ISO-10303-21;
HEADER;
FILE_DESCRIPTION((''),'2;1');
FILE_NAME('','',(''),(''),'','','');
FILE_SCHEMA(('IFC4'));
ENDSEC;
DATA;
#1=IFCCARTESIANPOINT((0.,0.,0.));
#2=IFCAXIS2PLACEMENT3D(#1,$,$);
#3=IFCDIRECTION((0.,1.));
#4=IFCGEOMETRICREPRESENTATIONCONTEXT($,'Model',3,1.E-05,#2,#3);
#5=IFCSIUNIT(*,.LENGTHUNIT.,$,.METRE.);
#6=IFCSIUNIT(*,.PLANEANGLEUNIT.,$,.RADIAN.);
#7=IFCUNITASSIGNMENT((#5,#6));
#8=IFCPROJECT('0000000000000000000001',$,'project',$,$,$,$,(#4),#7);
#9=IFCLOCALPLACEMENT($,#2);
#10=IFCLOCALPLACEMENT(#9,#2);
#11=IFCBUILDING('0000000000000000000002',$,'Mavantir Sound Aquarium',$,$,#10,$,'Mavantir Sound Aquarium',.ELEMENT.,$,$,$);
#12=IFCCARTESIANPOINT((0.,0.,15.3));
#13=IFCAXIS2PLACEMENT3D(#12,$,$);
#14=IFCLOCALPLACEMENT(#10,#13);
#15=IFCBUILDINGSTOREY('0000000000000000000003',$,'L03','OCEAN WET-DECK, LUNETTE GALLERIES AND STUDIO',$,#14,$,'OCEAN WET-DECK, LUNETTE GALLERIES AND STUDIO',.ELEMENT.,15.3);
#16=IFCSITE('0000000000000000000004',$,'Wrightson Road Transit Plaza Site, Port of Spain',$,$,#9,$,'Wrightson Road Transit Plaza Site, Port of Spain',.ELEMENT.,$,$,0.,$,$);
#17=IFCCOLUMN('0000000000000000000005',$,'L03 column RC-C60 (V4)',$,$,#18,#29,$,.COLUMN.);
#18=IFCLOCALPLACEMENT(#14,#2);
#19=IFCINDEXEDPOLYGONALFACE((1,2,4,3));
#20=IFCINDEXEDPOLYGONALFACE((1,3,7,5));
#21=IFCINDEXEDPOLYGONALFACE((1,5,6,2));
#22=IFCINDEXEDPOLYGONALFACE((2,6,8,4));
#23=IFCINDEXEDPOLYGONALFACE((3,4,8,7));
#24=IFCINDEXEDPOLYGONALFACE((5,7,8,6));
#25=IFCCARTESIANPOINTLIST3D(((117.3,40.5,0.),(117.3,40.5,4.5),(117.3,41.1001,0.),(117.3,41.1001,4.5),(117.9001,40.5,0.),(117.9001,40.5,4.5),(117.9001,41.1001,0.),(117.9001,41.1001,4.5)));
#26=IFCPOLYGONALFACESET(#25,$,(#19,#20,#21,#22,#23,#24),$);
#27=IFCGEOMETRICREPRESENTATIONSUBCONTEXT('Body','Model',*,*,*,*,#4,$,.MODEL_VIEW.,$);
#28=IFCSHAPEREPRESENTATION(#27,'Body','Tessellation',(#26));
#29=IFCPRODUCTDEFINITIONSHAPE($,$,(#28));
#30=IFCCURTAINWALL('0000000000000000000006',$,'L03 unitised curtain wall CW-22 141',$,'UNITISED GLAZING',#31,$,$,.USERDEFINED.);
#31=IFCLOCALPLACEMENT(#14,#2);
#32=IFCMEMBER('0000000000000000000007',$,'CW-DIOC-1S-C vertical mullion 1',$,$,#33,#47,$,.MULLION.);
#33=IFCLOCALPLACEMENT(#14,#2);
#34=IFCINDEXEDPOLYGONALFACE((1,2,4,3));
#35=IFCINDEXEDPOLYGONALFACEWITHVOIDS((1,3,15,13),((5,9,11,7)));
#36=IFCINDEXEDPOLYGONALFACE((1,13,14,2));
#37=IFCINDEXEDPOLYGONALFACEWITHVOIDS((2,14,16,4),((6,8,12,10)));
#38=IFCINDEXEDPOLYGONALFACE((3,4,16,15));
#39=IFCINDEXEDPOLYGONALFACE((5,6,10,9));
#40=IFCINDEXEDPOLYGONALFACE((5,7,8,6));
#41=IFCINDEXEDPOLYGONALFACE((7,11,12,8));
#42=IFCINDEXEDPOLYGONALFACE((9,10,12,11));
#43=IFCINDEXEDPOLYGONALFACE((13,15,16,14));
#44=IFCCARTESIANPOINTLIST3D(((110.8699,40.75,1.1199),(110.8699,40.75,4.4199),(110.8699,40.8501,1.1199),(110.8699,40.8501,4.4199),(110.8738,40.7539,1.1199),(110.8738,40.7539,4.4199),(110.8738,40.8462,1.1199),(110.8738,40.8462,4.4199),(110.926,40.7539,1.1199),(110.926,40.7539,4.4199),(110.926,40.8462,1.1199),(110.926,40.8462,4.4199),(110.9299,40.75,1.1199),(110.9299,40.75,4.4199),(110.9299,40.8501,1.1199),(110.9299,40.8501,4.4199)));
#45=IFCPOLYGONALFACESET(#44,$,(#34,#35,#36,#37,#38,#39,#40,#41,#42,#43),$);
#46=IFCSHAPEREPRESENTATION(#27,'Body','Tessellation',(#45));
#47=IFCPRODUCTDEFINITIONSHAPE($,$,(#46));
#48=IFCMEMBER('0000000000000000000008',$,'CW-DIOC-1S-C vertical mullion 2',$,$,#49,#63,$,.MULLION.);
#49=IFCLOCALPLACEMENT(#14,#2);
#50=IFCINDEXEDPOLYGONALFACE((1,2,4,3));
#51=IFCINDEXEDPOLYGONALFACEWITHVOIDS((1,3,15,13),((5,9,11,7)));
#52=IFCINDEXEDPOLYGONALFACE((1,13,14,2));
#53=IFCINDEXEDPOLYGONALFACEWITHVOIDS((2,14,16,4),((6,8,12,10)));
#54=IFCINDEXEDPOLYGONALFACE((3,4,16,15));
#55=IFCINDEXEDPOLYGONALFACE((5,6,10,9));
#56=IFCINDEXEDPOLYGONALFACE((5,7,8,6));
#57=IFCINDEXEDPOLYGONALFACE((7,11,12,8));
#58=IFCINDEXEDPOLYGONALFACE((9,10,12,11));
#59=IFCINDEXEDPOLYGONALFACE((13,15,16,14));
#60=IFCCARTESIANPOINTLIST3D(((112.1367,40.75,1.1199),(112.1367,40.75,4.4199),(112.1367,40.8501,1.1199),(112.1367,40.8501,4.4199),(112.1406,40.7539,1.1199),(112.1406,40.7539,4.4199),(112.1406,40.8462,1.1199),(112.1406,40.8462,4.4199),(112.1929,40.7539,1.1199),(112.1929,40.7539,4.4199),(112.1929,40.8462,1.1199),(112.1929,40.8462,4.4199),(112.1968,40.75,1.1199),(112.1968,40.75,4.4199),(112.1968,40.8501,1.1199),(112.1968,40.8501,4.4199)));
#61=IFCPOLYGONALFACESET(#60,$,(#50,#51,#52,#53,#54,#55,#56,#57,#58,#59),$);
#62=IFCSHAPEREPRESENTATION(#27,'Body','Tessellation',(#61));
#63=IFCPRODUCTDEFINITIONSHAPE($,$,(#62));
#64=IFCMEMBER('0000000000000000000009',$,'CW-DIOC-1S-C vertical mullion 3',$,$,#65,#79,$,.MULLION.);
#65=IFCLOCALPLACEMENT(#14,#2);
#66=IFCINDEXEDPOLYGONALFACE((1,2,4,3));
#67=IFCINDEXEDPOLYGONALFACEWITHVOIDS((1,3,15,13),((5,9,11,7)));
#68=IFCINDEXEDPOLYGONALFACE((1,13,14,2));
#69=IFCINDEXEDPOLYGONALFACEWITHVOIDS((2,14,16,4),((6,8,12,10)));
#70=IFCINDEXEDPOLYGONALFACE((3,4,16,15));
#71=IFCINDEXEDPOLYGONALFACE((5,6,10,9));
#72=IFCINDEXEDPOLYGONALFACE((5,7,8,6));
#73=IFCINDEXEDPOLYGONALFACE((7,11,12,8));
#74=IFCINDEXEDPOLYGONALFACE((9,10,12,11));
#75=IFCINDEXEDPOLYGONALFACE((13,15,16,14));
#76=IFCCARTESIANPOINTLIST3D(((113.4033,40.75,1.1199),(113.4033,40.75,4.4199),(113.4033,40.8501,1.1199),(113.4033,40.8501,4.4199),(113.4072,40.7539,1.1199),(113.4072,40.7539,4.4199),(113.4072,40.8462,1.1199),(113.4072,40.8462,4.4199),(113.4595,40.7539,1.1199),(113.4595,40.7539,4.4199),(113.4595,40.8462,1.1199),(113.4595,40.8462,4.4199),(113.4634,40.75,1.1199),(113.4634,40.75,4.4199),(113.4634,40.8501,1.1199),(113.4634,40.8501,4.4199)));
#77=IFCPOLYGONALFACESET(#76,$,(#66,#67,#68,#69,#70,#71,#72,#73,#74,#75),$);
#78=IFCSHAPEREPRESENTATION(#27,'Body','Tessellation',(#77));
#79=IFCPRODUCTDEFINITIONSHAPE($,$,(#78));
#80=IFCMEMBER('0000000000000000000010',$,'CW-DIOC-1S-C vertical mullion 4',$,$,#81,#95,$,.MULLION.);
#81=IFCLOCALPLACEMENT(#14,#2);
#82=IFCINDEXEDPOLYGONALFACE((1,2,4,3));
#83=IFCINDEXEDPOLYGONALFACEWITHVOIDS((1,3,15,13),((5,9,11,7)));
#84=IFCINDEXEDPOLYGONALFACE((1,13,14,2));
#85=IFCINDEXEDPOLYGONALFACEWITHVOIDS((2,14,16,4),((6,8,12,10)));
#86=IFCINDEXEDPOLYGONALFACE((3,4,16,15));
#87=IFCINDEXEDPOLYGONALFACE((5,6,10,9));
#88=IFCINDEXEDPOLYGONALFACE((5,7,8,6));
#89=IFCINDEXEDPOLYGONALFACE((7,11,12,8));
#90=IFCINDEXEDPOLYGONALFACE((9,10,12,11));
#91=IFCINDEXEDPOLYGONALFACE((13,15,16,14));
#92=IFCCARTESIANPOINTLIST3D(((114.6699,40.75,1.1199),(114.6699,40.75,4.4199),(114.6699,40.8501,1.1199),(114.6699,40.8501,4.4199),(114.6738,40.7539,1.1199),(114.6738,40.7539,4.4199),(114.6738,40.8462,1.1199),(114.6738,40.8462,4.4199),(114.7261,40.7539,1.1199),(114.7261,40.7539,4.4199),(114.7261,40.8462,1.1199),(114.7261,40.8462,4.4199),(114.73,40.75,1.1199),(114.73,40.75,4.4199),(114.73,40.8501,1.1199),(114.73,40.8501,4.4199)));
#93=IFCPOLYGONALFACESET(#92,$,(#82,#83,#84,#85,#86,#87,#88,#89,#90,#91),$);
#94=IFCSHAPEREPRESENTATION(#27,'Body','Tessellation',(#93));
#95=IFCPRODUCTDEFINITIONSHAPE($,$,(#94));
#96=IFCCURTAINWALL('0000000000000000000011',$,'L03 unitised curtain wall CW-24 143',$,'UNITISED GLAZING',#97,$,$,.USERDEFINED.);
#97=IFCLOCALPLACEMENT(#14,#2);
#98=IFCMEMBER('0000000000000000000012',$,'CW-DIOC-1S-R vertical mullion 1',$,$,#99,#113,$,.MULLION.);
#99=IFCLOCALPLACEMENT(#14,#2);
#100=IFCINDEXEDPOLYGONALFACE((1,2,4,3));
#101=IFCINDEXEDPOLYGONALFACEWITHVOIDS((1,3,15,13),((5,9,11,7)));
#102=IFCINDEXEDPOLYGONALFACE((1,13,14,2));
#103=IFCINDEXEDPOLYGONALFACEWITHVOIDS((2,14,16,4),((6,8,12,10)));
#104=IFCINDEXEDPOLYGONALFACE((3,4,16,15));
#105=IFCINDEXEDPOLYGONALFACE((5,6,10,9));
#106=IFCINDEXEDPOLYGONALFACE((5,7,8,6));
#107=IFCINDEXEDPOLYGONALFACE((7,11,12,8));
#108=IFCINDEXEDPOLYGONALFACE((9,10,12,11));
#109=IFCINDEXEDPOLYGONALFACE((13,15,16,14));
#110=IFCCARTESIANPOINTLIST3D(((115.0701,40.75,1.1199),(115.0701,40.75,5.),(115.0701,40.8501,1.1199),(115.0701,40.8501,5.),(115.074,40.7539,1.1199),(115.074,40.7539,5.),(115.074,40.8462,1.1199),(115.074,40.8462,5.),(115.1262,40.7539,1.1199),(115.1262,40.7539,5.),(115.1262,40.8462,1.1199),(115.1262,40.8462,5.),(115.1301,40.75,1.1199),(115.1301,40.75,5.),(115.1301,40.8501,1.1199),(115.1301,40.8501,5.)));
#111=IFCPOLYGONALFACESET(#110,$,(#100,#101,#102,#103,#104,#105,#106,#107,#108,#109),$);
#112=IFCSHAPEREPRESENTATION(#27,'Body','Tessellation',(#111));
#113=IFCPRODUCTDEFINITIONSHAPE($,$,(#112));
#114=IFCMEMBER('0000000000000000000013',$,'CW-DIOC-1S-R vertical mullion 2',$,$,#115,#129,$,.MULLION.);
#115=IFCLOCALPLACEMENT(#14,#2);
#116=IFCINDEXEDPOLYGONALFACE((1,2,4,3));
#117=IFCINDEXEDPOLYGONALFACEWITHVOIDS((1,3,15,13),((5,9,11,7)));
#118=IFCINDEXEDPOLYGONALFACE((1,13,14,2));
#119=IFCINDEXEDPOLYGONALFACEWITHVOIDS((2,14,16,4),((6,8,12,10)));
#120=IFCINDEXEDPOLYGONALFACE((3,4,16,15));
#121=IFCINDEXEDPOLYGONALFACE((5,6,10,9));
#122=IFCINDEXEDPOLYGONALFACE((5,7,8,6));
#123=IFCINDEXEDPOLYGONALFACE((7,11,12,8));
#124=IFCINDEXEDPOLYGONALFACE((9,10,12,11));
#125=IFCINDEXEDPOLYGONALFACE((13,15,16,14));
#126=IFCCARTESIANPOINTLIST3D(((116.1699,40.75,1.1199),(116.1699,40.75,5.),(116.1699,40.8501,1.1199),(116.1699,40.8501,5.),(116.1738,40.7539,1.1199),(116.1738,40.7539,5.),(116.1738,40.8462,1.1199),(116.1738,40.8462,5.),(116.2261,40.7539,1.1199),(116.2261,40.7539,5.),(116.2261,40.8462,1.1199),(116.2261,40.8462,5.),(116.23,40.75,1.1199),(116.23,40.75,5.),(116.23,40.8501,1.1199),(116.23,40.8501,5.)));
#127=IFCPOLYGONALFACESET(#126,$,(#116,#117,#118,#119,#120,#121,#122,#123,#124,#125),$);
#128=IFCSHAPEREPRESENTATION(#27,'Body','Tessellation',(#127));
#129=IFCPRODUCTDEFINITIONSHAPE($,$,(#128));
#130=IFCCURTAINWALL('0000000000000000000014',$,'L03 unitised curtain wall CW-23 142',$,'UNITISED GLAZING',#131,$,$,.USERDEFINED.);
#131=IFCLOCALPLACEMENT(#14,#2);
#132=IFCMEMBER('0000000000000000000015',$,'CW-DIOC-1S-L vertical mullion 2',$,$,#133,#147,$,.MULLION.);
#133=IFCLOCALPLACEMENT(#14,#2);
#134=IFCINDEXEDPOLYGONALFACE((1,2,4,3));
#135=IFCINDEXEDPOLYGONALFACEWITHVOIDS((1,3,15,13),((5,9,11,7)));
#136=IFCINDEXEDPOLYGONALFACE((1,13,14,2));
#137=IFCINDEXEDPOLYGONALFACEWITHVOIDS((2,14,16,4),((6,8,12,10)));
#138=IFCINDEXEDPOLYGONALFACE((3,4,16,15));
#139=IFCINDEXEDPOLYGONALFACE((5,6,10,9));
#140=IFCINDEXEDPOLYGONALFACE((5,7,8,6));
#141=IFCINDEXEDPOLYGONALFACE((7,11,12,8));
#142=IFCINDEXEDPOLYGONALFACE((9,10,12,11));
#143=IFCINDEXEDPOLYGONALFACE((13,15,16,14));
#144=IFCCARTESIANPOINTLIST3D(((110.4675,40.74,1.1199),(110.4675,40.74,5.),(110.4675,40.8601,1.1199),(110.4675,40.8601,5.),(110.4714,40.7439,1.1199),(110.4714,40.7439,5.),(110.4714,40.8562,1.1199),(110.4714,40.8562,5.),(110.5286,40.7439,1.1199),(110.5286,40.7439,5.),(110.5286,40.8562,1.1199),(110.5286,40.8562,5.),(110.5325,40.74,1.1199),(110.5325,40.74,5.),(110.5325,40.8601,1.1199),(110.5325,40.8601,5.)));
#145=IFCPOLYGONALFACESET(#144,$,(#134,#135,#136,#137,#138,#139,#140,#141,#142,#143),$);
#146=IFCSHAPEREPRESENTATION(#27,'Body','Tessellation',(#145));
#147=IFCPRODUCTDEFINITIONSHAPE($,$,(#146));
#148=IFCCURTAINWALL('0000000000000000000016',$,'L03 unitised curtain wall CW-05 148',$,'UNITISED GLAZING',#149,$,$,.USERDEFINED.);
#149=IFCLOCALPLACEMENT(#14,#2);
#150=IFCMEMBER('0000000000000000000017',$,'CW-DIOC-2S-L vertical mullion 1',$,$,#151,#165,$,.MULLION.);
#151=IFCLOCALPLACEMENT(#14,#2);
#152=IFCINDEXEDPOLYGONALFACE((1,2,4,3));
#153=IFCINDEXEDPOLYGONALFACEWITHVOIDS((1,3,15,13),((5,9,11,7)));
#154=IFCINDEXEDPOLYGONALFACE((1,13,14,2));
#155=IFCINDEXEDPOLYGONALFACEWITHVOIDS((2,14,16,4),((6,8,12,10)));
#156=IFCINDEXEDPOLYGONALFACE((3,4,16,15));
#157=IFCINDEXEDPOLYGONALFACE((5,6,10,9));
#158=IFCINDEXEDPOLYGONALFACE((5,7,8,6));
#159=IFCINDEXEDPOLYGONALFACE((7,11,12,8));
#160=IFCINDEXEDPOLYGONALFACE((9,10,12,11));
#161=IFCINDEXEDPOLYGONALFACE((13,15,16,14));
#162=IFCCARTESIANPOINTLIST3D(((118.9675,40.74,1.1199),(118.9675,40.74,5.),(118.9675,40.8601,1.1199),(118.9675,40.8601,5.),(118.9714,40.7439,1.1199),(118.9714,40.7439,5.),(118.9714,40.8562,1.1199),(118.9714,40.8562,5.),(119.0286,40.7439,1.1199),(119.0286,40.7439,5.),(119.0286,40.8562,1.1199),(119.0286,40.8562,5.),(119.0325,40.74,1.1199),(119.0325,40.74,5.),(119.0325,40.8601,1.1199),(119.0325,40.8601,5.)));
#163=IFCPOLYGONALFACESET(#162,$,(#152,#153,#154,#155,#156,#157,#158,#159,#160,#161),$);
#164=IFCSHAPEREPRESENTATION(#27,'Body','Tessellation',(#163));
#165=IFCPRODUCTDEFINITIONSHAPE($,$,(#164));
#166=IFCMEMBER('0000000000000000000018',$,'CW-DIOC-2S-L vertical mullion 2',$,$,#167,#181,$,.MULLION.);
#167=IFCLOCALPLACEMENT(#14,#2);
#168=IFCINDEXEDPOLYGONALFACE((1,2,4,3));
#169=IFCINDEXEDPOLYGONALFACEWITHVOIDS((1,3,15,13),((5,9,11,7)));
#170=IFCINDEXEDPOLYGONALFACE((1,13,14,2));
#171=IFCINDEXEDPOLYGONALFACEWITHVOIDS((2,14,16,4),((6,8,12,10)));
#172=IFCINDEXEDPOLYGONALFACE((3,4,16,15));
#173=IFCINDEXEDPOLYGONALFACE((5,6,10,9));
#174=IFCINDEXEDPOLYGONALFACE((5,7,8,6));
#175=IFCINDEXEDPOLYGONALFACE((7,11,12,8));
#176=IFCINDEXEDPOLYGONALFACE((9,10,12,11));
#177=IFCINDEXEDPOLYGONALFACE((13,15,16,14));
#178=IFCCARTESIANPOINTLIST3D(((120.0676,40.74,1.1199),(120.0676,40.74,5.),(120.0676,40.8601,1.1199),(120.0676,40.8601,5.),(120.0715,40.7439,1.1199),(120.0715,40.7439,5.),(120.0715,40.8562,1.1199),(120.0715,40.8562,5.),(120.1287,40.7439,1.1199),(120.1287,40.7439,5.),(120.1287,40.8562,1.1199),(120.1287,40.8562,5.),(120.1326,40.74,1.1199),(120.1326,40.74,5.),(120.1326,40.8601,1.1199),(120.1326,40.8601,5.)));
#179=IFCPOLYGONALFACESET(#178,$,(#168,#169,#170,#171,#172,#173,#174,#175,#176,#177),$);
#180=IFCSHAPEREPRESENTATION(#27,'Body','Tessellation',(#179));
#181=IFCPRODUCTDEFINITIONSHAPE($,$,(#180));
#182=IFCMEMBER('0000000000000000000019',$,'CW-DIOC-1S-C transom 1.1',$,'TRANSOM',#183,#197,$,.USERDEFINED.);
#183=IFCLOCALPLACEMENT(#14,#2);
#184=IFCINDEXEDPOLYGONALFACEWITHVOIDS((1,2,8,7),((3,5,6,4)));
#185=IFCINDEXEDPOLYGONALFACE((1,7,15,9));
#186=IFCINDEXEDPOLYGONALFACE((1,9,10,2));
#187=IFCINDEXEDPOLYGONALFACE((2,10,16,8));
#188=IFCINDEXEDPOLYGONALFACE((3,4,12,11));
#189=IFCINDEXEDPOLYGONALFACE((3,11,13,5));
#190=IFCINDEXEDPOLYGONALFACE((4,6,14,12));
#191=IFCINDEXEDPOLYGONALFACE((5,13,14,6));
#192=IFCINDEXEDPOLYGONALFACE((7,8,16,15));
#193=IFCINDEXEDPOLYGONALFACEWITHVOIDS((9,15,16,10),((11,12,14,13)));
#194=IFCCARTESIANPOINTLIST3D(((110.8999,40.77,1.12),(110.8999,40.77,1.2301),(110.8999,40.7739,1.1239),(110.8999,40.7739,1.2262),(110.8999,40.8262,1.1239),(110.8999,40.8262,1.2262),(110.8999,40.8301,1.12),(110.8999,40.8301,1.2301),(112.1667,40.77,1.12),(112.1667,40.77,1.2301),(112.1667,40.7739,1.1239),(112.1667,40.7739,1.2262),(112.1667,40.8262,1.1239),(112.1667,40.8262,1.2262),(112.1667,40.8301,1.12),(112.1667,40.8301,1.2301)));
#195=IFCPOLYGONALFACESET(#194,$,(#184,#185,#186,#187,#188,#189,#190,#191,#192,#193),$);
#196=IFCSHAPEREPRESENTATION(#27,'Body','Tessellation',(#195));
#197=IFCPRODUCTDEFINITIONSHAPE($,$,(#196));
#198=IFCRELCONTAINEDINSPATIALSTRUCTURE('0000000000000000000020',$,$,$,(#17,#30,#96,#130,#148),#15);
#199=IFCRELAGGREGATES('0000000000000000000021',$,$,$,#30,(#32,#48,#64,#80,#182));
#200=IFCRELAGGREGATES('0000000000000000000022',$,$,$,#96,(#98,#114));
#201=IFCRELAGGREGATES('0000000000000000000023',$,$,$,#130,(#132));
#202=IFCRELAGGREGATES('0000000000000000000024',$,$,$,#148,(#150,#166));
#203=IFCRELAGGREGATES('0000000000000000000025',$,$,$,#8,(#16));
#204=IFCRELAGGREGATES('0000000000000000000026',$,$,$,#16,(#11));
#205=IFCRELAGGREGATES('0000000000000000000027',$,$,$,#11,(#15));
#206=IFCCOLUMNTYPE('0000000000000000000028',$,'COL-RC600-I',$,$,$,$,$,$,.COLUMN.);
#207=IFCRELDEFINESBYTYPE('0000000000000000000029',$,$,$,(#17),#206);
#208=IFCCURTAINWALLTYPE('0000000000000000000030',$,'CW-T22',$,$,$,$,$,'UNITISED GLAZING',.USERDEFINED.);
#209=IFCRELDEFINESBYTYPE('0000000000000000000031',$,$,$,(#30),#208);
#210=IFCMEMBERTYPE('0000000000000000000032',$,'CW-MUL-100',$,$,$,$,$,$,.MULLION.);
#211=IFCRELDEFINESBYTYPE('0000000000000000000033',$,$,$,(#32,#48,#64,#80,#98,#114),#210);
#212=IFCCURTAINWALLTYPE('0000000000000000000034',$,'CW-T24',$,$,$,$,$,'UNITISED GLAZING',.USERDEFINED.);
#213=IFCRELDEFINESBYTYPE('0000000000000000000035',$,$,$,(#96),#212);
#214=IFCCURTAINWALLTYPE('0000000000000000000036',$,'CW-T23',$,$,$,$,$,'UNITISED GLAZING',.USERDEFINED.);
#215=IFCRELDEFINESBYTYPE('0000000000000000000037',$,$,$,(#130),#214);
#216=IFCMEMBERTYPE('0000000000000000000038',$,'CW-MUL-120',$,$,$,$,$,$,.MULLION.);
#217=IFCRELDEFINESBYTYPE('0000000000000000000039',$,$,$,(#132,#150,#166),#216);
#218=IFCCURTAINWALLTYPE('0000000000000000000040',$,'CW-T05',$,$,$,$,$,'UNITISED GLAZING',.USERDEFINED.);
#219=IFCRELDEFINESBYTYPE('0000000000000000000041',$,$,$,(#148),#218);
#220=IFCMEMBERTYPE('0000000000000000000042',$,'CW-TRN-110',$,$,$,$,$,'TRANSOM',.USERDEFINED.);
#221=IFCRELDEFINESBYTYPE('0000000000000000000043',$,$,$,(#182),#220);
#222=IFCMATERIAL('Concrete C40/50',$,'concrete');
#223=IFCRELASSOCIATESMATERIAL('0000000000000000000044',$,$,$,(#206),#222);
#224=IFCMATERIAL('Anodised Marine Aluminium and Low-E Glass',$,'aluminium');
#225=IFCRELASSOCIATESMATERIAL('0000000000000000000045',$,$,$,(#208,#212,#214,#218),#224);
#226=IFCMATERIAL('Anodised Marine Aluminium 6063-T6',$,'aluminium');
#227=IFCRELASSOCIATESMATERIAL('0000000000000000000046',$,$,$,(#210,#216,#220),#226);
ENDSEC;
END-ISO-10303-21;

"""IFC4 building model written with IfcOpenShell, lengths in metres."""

from ifc_helpers import new_model, si_unit, direction, frame, origin, origin_2d, place, context, subcontext, project, spatial, rectangle, hollow_rectangle, extrude, material, material_profile, profile_set, type_object, element, aggregate, save


model = new_model("IFC4")

# Units and contexts
model_context = context("Model", 3, precision=1e-05, world=origin(), true_north=direction((0.0, 1.0)))
body_context = subcontext(model_context, "Body", "Model", "MODEL_VIEW")
ifc_project = project(units=[si_unit("LENGTHUNIT", "METRE"), si_unit("PLANEANGLEUNIT", "RADIAN")], contexts=[model_context])

# Site, building, storey
site_placement = place(None, origin())
site = spatial("IfcSite", under=ifc_project, at=site_placement, Name="Wrightson Road Transit Plaza Site, Port of Spain", LongName="Wrightson Road Transit Plaza Site, Port of Spain", CompositionType="ELEMENT", RefElevation=0.0)
building_placement = place(site_placement, origin())
building = spatial("IfcBuilding", under=site, at=building_placement, Name="Mavantir Sound Aquarium", LongName="Mavantir Sound Aquarium", CompositionType="ELEMENT")
storey_placement = place(building_placement, frame((0.0, 0.0, 15.3)))
storey = spatial("IfcBuildingStorey", under=building, at=storey_placement, Name="L03", Description="OCEAN WET-DECK, LUNETTE GALLERIES AND STUDIO", LongName="OCEAN WET-DECK, LUNETTE GALLERIES AND STUDIO", CompositionType="ELEMENT", Elevation=15.3)

# Column
ifc_material_1 = material(Name="Concrete C40/50", Category="concrete")
ifc_material_profile_1 = material_profile(ifc_material_1, rectangle(XDim=0.6001, YDim=0.6001, at=origin_2d()), Name="RC 600X600")
ifc_profile_set_1 = profile_set([ifc_material_profile_1], Name="Concrete C40/50")
column_type = type_object("IfcColumnType", Name="COL-RC600-I", PredefinedType="COLUMN", material=ifc_profile_set_1)
column_placement = place(storey_placement, frame((117.6001, 40.8, 0.0), z_axis=(0.0, 0.0, 1.0), x_axis=(1.0, 0.0, 0.0)))
element("IfcColumn", 1, at=column_placement, inside=storey, type_object=column_type, Name="L03 column RC-C60 (V4)", PredefinedType="COLUMN", context=body_context, shape_type="SweptSolid", body=[
    extrude(rectangle(XDim=0.6001, YDim=0.6001, at=origin_2d()), origin(), (0.0, 0.0, 1.0), 4.5),
])

# Curtain walls, members
ifc_material_2 = material(Name="Anodised Marine Aluminium and Low-E Glass", Category="aluminium")
curtain_wall_type_1 = type_object("IfcCurtainWallType", Name="CW-T22", ElementType="UNITISED GLAZING", PredefinedType="USERDEFINED", material=ifc_material_2)
curtain_wall_1_placement = place(storey_placement, origin())
curtain_wall_1 = element("IfcCurtainWall", 2, at=curtain_wall_1_placement, inside=storey, type_object=curtain_wall_type_1, Name="L03 unitised curtain wall CW-22 141", ObjectType="UNITISED GLAZING", PredefinedType="USERDEFINED")
ifc_material_3 = material(Name="Anodised Marine Aluminium 6063-T6", Category="aluminium")
ifc_material_profile_2 = material_profile(ifc_material_3, hollow_rectangle(XDim=0.0601, YDim=0.1001, WallThickness=0.0039, at=origin_2d()), Name="ALU-MULLION-100X60")
ifc_profile_set_2 = profile_set([ifc_material_profile_2], Name="Anodised Marine Aluminium 6063-T6")
member_type_1 = type_object("IfcMemberType", Name="CW-MUL-100", PredefinedType="MULLION", material=ifc_profile_set_2)
member_1_placement = place(storey_placement, frame((110.8999, 40.8, 1.1199), z_axis=(0.0, 0.0, 1.0), x_axis=(1.0, 0.0, 0.0)))
member_1 = element("IfcMember", 3, at=member_1_placement, type_object=member_type_1, Name="CW-DIOC-1S-C vertical mullion 1", PredefinedType="MULLION", context=body_context, shape_type="SweptSolid", body=[
    extrude(hollow_rectangle(XDim=0.0601, YDim=0.1001, WallThickness=0.0039, at=origin_2d()), origin(), (0.0, 0.0, 1.0), 3.3),
])
member_2_placement = place(storey_placement, frame((112.1667, 40.8, 1.1199), z_axis=(0.0, 0.0, 1.0), x_axis=(1.0, 0.0, 0.0)))
member_2 = element("IfcMember", 4, at=member_2_placement, type_object=member_type_1, Name="CW-DIOC-1S-C vertical mullion 2", PredefinedType="MULLION", context=body_context, shape_type="SweptSolid", body=[
    extrude(hollow_rectangle(XDim=0.0601, YDim=0.1001, WallThickness=0.0039, at=origin_2d()), origin(), (0.0, 0.0, 1.0), 3.3),
])
member_3_placement = place(storey_placement, frame((113.4333, 40.8, 1.1199), z_axis=(0.0, 0.0, 1.0), x_axis=(1.0, 0.0, 0.0)))
member_3 = element("IfcMember", 5, at=member_3_placement, type_object=member_type_1, Name="CW-DIOC-1S-C vertical mullion 3", PredefinedType="MULLION", context=body_context, shape_type="SweptSolid", body=[
    extrude(hollow_rectangle(XDim=0.0601, YDim=0.1001, WallThickness=0.0039, at=origin_2d()), origin(), (0.0, 0.0, 1.0), 3.3),
])
member_4_placement = place(storey_placement, frame((114.7, 40.8, 1.1199), z_axis=(0.0, 0.0, 1.0), x_axis=(1.0, 0.0, 0.0)))
member_4 = element("IfcMember", 6, at=member_4_placement, type_object=member_type_1, Name="CW-DIOC-1S-C vertical mullion 4", PredefinedType="MULLION", context=body_context, shape_type="SweptSolid", body=[
    extrude(hollow_rectangle(XDim=0.0601, YDim=0.1001, WallThickness=0.0039, at=origin_2d()), origin(), (0.0, 0.0, 1.0), 3.3),
])
curtain_wall_type_2 = type_object("IfcCurtainWallType", Name="CW-T24", ElementType="UNITISED GLAZING", PredefinedType="USERDEFINED", material=ifc_material_2)
curtain_wall_2_placement = place(storey_placement, origin())
curtain_wall_2 = element("IfcCurtainWall", 7, at=curtain_wall_2_placement, inside=storey, type_object=curtain_wall_type_2, Name="L03 unitised curtain wall CW-24 143", ObjectType="UNITISED GLAZING", PredefinedType="USERDEFINED")
member_5_placement = place(storey_placement, frame((115.1001, 40.8, 1.1199), z_axis=(0.0, 0.0, 1.0), x_axis=(1.0, 0.0, 0.0)))
member_5 = element("IfcMember", 8, at=member_5_placement, type_object=member_type_1, Name="CW-DIOC-1S-R vertical mullion 1", PredefinedType="MULLION", context=body_context, shape_type="SweptSolid", body=[
    extrude(hollow_rectangle(XDim=0.0601, YDim=0.1001, WallThickness=0.0039, at=origin_2d()), origin(), (0.0, 0.0, 1.0), 3.8801),
])
member_6_placement = place(storey_placement, frame((116.2, 40.8, 1.1199), z_axis=(0.0, 0.0, 1.0), x_axis=(1.0, 0.0, 0.0)))
member_6 = element("IfcMember", 9, at=member_6_placement, type_object=member_type_1, Name="CW-DIOC-1S-R vertical mullion 2", PredefinedType="MULLION", context=body_context, shape_type="SweptSolid", body=[
    extrude(hollow_rectangle(XDim=0.0601, YDim=0.1001, WallThickness=0.0039, at=origin_2d()), origin(), (0.0, 0.0, 1.0), 3.8801),
])

# Curtain wall, member
curtain_wall_type_3 = type_object("IfcCurtainWallType", Name="CW-T23", ElementType="UNITISED GLAZING", PredefinedType="USERDEFINED", material=ifc_material_2)
curtain_wall_3_placement = place(storey_placement, origin())
curtain_wall_3 = element("IfcCurtainWall", 10, at=curtain_wall_3_placement, inside=storey, type_object=curtain_wall_type_3, Name="L03 unitised curtain wall CW-23 142", ObjectType="UNITISED GLAZING", PredefinedType="USERDEFINED")
ifc_material_profile_3 = material_profile(ifc_material_3, hollow_rectangle(XDim=0.0649, YDim=0.1201, WallThickness=0.0039, at=origin_2d()), Name="ALU-MULLION-120X65")
ifc_profile_set_3 = profile_set([ifc_material_profile_3], Name="Anodised Marine Aluminium 6063-T6")
member_type_2 = type_object("IfcMemberType", Name="CW-MUL-120", PredefinedType="MULLION", material=ifc_profile_set_3)
member_7_placement = place(storey_placement, frame((110.5, 40.8, 1.1199), z_axis=(0.0, 0.0, 1.0), x_axis=(1.0, 0.0, 0.0)))
member_7 = element("IfcMember", 11, at=member_7_placement, type_object=member_type_2, Name="CW-DIOC-1S-L vertical mullion 2", PredefinedType="MULLION", context=body_context, shape_type="SweptSolid", body=[
    extrude(hollow_rectangle(XDim=0.0649, YDim=0.1201, WallThickness=0.0039, at=origin_2d()), origin(), (0.0, 0.0, 1.0), 3.8801),
])

# Curtain wall, members
curtain_wall_type_4 = type_object("IfcCurtainWallType", Name="CW-T05", ElementType="UNITISED GLAZING", PredefinedType="USERDEFINED", material=ifc_material_2)
curtain_wall_4_placement = place(storey_placement, origin())
curtain_wall_4 = element("IfcCurtainWall", 12, at=curtain_wall_4_placement, inside=storey, type_object=curtain_wall_type_4, Name="L03 unitised curtain wall CW-05 148", ObjectType="UNITISED GLAZING", PredefinedType="USERDEFINED")
member_8_placement = place(storey_placement, frame((119.0, 40.8, 1.1199), z_axis=(0.0, 0.0, 1.0), x_axis=(1.0, 0.0, 0.0)))
member_8 = element("IfcMember", 13, at=member_8_placement, type_object=member_type_2, Name="CW-DIOC-2S-L vertical mullion 1", PredefinedType="MULLION", context=body_context, shape_type="SweptSolid", body=[
    extrude(hollow_rectangle(XDim=0.0649, YDim=0.1201, WallThickness=0.0039, at=origin_2d()), origin(), (0.0, 0.0, 1.0), 3.8801),
])
member_9_placement = place(storey_placement, frame((120.1001, 40.8, 1.1199), z_axis=(0.0, 0.0, 1.0), x_axis=(1.0, 0.0, 0.0)))
member_9 = element("IfcMember", 14, at=member_9_placement, type_object=member_type_2, Name="CW-DIOC-2S-L vertical mullion 2", PredefinedType="MULLION", context=body_context, shape_type="SweptSolid", body=[
    extrude(hollow_rectangle(XDim=0.0649, YDim=0.1201, WallThickness=0.0039, at=origin_2d()), origin(), (0.0, 0.0, 1.0), 3.8801),
])

# Member
ifc_material_profile_4 = material_profile(ifc_material_3, hollow_rectangle(XDim=0.0601, YDim=0.1101, WallThickness=0.0039, at=origin_2d()), Name="ALU-TRANSOM-110X60")
ifc_profile_set_4 = profile_set([ifc_material_profile_4], Name="Anodised Marine Aluminium 6063-T6")
member_type_3 = type_object("IfcMemberType", Name="CW-TRN-110", ElementType="TRANSOM", PredefinedType="USERDEFINED", material=ifc_profile_set_4)
member_10_placement = place(storey_placement, frame((110.8999, 40.8, 1.175), z_axis=(1.0, 0.0, 0.0), x_axis=(0.0, 1.0, 0.0)))
member_10 = element("IfcMember", 15, at=member_10_placement, type_object=member_type_3, Name="CW-DIOC-1S-C transom 1.1", ObjectType="TRANSOM", PredefinedType="USERDEFINED", context=body_context, shape_type="SweptSolid", body=[
    extrude(hollow_rectangle(XDim=0.0601, YDim=0.1101, WallThickness=0.0039, at=origin_2d()), origin(), (0.0, 0.0, 1.0), 1.2668),
])

aggregate(curtain_wall_1, [member_1, member_2, member_3, member_4, member_10])
aggregate(curtain_wall_2, [member_5, member_6])
aggregate(curtain_wall_3, [member_7])
aggregate(curtain_wall_4, [member_8, member_9])

save(model, "model.ifc")
